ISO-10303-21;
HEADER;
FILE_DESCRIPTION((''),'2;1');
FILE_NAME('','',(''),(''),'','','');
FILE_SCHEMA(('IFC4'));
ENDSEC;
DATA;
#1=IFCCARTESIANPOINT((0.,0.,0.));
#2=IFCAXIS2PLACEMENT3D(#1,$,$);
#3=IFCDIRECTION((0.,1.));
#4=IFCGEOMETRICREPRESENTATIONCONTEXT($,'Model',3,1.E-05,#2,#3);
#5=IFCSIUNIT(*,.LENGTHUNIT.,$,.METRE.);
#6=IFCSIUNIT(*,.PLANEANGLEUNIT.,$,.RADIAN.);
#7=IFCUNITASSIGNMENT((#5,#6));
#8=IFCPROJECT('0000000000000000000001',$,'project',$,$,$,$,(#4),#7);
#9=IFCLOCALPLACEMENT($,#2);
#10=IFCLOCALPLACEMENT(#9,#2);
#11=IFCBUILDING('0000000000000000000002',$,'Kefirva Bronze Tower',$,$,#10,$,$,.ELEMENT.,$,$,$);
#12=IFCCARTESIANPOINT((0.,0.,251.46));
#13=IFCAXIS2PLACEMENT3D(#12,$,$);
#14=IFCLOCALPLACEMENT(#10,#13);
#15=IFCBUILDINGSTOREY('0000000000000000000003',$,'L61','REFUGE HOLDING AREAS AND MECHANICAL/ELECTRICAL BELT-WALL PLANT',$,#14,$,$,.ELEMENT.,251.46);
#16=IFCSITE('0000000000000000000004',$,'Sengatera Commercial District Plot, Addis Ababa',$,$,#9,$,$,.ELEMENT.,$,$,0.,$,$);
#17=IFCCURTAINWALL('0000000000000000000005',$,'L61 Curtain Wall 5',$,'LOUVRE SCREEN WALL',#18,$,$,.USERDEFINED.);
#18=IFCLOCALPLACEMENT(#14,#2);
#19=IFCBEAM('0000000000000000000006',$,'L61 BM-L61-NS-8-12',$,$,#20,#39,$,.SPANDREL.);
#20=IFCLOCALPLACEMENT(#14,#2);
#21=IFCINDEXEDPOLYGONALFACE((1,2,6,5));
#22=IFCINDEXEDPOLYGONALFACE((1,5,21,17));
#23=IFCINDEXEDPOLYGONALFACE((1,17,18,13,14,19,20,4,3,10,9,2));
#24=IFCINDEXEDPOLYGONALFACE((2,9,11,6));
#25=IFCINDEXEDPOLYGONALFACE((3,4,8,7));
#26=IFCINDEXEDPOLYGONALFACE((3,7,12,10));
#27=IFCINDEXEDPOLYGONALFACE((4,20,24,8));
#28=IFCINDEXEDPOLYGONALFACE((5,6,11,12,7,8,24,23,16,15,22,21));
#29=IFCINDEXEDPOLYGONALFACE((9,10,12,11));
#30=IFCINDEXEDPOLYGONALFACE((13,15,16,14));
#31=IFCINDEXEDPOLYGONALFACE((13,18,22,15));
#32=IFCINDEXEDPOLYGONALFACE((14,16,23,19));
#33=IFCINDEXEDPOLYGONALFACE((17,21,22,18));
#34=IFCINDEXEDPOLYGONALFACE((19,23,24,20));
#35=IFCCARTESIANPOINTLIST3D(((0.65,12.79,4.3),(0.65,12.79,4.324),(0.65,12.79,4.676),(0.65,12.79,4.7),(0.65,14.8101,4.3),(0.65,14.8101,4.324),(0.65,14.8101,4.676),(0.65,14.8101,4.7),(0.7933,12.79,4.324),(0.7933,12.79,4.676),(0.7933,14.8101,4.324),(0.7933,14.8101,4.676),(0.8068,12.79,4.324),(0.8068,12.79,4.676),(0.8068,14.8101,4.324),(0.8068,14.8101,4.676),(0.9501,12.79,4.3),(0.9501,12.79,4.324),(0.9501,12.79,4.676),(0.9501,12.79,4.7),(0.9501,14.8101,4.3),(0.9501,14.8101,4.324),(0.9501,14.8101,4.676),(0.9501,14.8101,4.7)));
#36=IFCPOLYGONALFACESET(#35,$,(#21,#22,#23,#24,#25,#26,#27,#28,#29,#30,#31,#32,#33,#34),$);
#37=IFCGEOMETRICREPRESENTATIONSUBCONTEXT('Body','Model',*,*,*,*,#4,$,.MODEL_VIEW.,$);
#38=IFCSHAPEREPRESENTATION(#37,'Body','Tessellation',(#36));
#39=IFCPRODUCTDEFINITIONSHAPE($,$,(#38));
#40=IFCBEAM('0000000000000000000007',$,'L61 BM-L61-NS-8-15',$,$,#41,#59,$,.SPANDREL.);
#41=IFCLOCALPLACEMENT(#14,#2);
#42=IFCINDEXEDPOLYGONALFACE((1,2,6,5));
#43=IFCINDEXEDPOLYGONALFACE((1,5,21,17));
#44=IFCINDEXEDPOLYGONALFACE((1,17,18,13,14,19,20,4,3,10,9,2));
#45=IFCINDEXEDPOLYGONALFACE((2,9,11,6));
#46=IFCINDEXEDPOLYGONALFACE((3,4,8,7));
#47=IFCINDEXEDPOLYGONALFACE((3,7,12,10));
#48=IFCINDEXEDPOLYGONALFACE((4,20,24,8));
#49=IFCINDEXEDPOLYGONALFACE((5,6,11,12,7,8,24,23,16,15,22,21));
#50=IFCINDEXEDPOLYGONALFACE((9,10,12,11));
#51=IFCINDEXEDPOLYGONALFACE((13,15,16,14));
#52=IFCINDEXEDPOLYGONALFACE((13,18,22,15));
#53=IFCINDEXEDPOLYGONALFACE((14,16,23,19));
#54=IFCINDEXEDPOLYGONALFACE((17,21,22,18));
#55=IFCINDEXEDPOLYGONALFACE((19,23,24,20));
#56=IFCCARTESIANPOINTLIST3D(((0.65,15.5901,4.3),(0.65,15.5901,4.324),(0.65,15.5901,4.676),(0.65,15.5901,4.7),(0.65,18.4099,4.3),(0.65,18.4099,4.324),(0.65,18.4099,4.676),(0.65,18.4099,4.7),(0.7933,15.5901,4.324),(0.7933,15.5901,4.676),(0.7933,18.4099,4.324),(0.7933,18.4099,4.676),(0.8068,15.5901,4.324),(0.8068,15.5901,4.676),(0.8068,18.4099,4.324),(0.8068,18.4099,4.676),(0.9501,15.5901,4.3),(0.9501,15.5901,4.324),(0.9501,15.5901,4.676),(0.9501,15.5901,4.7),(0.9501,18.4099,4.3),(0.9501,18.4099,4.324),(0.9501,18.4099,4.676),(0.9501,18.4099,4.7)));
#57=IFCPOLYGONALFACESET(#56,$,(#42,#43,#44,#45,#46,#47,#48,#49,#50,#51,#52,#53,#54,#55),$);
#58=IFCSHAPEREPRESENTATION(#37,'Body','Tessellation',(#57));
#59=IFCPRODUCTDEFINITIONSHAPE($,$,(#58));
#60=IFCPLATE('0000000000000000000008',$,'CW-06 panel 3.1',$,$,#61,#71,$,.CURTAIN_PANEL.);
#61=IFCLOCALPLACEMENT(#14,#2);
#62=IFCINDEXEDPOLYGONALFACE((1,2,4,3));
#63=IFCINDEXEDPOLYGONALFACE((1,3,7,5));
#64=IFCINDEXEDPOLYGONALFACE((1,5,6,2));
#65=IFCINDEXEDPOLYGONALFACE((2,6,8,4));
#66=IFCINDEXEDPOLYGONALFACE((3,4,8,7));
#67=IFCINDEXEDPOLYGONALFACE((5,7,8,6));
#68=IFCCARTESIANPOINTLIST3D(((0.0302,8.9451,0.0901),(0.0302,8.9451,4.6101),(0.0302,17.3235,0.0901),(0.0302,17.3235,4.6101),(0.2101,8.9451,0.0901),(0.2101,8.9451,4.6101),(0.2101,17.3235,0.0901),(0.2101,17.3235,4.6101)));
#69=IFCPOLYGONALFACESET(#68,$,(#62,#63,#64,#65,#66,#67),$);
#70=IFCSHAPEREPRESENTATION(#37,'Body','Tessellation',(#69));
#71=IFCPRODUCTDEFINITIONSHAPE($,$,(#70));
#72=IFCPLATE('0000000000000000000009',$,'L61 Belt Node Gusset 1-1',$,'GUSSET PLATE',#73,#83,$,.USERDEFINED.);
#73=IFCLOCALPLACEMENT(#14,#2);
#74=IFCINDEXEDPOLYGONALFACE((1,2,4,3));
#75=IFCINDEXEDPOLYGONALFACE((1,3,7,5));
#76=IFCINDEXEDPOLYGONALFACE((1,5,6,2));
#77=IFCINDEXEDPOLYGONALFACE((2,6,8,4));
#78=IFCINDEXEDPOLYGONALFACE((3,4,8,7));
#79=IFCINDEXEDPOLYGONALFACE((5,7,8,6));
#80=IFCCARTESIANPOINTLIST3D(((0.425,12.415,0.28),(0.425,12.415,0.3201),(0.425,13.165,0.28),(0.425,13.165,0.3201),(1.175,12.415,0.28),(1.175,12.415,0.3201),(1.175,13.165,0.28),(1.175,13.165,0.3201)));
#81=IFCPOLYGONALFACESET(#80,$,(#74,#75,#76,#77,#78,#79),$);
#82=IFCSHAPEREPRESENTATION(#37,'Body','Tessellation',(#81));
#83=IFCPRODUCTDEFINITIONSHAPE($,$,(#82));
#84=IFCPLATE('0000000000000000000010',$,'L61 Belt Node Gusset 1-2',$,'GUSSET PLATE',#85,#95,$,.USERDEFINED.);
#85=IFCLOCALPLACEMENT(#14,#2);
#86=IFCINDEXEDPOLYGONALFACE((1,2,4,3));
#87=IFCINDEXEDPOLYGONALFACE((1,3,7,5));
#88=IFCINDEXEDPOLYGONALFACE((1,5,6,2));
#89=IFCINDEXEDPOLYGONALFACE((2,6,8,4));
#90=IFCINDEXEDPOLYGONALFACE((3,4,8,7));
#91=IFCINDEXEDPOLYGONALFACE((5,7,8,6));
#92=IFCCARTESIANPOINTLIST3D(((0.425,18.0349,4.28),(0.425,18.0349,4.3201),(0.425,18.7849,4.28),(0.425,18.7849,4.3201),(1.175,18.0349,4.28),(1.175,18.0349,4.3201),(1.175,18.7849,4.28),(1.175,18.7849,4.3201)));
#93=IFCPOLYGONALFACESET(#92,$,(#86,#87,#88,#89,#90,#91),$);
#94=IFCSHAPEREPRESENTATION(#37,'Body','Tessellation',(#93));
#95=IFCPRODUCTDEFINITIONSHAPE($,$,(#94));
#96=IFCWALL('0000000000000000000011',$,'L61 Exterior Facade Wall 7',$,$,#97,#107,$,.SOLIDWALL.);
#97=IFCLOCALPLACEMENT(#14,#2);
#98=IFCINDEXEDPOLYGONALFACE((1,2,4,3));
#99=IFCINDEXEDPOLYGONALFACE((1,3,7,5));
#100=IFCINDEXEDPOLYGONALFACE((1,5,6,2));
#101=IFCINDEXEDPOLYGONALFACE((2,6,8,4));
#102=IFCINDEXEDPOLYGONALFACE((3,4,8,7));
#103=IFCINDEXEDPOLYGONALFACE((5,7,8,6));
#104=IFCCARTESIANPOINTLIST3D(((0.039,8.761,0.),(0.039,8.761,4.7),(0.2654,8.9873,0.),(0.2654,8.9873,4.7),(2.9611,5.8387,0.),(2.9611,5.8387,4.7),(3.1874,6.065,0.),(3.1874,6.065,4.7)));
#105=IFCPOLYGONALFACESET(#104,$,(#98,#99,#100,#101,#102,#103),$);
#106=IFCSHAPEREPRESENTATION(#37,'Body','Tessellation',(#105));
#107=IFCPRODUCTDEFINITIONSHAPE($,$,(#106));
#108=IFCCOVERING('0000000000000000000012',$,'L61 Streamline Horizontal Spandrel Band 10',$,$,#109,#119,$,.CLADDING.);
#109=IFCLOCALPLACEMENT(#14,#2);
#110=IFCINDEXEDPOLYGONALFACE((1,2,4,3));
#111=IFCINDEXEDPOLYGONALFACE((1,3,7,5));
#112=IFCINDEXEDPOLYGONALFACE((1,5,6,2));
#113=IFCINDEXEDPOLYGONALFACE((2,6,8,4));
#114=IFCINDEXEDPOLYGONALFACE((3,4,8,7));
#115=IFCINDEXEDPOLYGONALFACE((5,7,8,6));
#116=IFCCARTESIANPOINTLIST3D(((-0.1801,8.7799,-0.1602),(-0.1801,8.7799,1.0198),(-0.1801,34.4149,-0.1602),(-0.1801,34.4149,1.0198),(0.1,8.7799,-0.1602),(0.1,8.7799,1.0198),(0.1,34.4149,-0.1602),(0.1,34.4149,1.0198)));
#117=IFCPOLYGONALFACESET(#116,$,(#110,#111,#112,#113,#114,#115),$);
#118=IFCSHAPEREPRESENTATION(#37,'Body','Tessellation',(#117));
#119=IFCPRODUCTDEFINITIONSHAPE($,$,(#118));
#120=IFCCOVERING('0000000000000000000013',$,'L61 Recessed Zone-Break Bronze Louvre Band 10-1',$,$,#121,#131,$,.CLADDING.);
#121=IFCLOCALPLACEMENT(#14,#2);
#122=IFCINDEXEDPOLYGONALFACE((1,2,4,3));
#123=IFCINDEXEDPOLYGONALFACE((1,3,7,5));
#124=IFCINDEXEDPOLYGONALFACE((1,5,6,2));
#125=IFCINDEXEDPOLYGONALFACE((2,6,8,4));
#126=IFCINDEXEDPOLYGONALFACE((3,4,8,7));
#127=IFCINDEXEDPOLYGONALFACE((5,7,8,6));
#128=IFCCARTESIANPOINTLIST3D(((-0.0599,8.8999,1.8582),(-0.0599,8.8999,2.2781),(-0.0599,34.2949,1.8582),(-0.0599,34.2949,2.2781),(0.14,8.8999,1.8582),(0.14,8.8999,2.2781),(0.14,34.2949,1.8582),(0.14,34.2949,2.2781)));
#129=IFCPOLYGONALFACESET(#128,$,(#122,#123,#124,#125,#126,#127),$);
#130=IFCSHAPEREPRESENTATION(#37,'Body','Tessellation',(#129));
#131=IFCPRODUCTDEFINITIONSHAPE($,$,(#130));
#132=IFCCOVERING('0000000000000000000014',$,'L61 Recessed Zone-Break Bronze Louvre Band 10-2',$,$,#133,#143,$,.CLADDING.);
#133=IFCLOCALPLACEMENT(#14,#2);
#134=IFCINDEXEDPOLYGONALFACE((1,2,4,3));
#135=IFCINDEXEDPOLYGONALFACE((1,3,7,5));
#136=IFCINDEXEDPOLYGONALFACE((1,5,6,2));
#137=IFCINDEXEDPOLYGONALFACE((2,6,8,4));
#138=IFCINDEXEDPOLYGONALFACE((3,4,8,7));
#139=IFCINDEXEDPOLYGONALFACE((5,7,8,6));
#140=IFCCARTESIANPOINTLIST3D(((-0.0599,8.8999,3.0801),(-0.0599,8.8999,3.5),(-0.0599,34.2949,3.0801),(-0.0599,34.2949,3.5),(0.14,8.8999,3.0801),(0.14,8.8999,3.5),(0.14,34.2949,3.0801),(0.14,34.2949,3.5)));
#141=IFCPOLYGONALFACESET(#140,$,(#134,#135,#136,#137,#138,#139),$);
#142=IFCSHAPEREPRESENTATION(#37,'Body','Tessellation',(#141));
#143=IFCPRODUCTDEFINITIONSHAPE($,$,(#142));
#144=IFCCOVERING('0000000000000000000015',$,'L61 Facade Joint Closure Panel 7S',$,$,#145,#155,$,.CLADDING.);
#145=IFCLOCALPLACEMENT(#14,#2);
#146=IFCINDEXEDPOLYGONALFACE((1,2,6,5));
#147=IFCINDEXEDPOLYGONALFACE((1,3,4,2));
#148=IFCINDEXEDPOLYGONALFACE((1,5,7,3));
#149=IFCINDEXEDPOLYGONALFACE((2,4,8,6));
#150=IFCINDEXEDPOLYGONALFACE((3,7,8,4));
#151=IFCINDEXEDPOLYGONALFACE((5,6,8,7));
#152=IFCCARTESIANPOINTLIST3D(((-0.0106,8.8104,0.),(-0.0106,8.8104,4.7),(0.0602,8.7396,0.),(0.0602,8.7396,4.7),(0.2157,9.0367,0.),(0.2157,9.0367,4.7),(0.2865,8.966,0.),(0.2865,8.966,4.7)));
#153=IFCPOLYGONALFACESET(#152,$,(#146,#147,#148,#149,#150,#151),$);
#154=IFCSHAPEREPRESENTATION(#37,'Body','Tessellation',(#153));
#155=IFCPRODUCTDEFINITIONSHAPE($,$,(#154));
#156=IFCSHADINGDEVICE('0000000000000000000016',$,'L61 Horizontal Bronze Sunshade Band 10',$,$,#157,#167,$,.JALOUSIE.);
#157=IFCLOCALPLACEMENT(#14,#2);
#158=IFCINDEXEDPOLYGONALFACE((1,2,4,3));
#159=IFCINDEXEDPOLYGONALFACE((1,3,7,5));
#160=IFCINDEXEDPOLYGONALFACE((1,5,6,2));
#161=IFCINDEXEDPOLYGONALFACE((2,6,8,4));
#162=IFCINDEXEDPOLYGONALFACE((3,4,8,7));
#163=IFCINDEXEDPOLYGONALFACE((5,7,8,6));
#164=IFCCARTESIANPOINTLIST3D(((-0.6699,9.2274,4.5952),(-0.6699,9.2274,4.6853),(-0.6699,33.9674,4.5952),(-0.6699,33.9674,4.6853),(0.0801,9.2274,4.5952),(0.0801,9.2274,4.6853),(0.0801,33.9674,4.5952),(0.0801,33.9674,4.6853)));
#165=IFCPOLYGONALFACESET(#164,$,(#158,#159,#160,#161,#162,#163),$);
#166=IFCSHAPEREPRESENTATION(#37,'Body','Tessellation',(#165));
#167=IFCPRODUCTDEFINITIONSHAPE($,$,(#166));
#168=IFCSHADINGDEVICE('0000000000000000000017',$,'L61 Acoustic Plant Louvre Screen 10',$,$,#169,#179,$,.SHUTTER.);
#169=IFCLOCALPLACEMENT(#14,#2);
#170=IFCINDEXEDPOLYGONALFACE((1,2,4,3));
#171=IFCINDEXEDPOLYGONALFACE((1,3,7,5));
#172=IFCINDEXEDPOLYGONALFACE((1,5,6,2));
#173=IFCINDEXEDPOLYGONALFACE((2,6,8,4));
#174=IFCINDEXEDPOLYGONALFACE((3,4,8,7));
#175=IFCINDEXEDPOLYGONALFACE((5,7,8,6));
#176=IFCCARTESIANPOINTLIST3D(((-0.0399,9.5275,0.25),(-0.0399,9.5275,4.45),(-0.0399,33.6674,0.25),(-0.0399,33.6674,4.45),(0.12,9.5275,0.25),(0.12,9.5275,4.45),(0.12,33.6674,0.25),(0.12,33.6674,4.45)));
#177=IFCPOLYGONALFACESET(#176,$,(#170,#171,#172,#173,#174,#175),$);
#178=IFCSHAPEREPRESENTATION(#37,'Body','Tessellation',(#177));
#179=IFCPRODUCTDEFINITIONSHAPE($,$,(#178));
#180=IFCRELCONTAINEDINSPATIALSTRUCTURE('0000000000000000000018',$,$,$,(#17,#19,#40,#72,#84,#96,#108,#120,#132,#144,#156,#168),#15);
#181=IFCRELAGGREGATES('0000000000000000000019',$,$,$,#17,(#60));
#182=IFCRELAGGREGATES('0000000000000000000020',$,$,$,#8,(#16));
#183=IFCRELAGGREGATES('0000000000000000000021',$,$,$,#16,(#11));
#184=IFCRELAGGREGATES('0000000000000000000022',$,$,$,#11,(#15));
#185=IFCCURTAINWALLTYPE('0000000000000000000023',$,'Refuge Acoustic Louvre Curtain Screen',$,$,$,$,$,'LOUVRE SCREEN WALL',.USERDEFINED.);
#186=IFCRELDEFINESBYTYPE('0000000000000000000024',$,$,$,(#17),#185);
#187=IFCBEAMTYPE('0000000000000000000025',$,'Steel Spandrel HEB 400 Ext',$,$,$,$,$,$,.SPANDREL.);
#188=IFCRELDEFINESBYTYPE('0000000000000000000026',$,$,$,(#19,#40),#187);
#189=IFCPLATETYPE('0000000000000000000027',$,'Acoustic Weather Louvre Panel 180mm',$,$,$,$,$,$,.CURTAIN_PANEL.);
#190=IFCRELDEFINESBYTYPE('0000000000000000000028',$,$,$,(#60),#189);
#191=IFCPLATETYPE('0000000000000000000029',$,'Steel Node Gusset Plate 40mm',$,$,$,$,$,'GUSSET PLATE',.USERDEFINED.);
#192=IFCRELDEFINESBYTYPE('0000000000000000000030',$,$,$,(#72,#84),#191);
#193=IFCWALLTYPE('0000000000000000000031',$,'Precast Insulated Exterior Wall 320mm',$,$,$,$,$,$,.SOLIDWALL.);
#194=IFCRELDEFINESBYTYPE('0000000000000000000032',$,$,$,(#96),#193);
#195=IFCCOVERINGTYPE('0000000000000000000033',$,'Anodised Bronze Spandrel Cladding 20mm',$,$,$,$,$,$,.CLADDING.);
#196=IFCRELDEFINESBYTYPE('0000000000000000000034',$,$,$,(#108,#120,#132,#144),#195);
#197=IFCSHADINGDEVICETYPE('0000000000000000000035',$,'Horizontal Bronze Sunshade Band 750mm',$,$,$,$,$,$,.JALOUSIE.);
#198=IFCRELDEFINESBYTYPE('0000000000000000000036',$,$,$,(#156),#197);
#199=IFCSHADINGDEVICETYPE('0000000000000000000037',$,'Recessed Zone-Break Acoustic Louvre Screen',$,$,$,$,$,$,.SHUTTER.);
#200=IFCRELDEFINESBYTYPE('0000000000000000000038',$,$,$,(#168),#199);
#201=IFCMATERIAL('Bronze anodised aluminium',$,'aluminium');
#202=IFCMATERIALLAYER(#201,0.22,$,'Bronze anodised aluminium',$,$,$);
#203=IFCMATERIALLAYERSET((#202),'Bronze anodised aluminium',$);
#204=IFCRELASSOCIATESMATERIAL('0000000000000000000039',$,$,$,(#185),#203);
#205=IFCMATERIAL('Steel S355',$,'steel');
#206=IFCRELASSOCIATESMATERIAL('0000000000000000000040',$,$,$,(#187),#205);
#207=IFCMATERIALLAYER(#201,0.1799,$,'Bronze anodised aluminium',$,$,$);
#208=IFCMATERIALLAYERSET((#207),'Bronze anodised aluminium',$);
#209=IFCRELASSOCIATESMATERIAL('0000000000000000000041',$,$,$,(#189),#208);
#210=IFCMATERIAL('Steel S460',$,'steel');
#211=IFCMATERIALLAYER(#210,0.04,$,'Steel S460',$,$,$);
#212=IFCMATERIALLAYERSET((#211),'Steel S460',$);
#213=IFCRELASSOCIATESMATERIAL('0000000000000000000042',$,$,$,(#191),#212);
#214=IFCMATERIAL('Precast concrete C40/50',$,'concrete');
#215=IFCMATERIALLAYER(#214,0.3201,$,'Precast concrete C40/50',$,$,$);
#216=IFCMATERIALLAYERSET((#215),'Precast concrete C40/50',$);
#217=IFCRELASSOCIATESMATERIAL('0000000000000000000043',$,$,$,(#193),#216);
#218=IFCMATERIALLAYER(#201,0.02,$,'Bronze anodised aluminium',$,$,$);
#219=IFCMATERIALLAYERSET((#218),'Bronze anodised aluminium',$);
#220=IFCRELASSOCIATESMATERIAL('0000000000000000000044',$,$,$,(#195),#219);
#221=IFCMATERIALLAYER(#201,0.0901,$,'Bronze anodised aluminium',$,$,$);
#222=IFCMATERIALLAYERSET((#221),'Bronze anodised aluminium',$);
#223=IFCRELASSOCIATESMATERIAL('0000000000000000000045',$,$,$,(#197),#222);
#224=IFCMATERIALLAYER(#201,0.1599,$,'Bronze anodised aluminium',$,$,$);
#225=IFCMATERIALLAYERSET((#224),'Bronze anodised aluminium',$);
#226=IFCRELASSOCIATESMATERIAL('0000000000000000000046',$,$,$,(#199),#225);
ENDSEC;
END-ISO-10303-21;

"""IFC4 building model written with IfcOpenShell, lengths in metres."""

from ifc_helpers import new_model, si_unit, direction, frame, frame_2d, origin, origin_2d, place, context, subcontext, project, spatial, rectangle, i_section, extrude, material, layer, layer_set, material_profile, profile_set, type_object, element, aggregate, save


model = new_model("IFC4")

# Units and contexts
model_context = context("Model", 3, precision=1e-05, world=origin(), true_north=direction((0.0, 1.0)))
body_context = subcontext(model_context, "Body", "Model", "MODEL_VIEW")
ifc_project = project(units=[si_unit("LENGTHUNIT", "METRE"), si_unit("PLANEANGLEUNIT", "RADIAN")], contexts=[model_context])

# Site, building, storey
site_placement = place(None, origin())
site = spatial("IfcSite", under=ifc_project, at=site_placement, Name="Sengatera Commercial District Plot, Addis Ababa", CompositionType="ELEMENT", RefElevation=0.0)
building_placement = place(site_placement, origin())
building = spatial("IfcBuilding", under=site, at=building_placement, Name="Kefirva Bronze Tower", CompositionType="ELEMENT")
storey_placement = place(building_placement, frame((0.0, 0.0, 251.46)))
storey = spatial("IfcBuildingStorey", under=building, at=storey_placement, Name="L61", Description="REFUGE HOLDING AREAS AND MECHANICAL/ELECTRICAL BELT-WALL PLANT", CompositionType="ELEMENT", Elevation=251.46)

# Curtain wall
ifc_material_1 = material(Name="Bronze anodised aluminium", Category="aluminium")
ifc_layer_1 = layer(ifc_material_1, 0.22, Name="Bronze anodised aluminium")
ifc_layer_set_1 = layer_set([ifc_layer_1], Name="Bronze anodised aluminium")
curtain_wall_type = type_object("IfcCurtainWallType", Name="Refuge Acoustic Louvre Curtain Screen", ElementType="LOUVRE SCREEN WALL", PredefinedType="USERDEFINED", material=ifc_layer_set_1)
curtain_wall_placement = place(storey_placement, origin())
curtain_wall = element("IfcCurtainWall", 1, at=curtain_wall_placement, inside=storey, type_object=curtain_wall_type, Name="L61 Curtain Wall 5", ObjectType="LOUVRE SCREEN WALL", PredefinedType="USERDEFINED")

# Shared definitions
ifc_material_2 = material(Name="Steel S460", Category="steel")

# Beams
ifc_material_3 = material(Name="Steel S355", Category="steel")
ifc_material_profile_1 = material_profile(ifc_material_3, i_section(OverallWidth=0.3, OverallDepth=0.3999, WebThickness=0.0134, FlangeThickness=0.0239, at=origin_2d()), Name="HEB 400")
ifc_profile_set_1 = profile_set([ifc_material_profile_1], Name="Steel S355")
beam_type = type_object("IfcBeamType", Name="Steel Spandrel HEB 400 Ext", PredefinedType="SPANDREL", material=ifc_profile_set_1)
beam_1_placement = place(storey_placement, frame((0.8, 12.79, 4.5), z_axis=(0.0, 1.0, 0.0), x_axis=(-1.0, 0.0, 0.0)))
element("IfcBeam", 2, at=beam_1_placement, inside=storey, type_object=beam_type, Name="L61 BM-L61-NS-8-12", PredefinedType="SPANDREL", context=body_context, shape_type="SweptSolid", body=[
    extrude(i_section(OverallWidth=0.3, OverallDepth=0.3999, WebThickness=0.0134, FlangeThickness=0.0239, at=origin_2d()), origin(), (0.0, 0.0, 1.0), 2.02),
])
beam_2_placement = place(storey_placement, frame((0.8, 15.5901, 4.5), z_axis=(0.0, 1.0, 0.0), x_axis=(-1.0, 0.0, 0.0)))
element("IfcBeam", 3, at=beam_2_placement, inside=storey, type_object=beam_type, Name="L61 BM-L61-NS-8-15", PredefinedType="SPANDREL", context=body_context, shape_type="SweptSolid", body=[
    extrude(i_section(OverallWidth=0.3, OverallDepth=0.3999, WebThickness=0.0134, FlangeThickness=0.0239, at=origin_2d()), origin(), (0.0, 0.0, 1.0), 2.8198),
])

# Plate
ifc_layer_2 = layer(ifc_material_1, 0.1799, Name="Bronze anodised aluminium")
ifc_layer_set_2 = layer_set([ifc_layer_2], Name="Bronze anodised aluminium")
plate_type_1 = type_object("IfcPlateType", Name="Acoustic Weather Louvre Panel 180mm", PredefinedType="CURTAIN_PANEL", material=ifc_layer_set_2)
plate_placement = place(storey_placement, frame((0.1201, 13.1343, 0.0901), z_axis=(0.0, 0.0, 1.0), x_axis=(0.0, -1.0, 0.0)))
plate = element("IfcPlate", 4, at=plate_placement, type_object=plate_type_1, Name="CW-06 panel 3.1", PredefinedType="CURTAIN_PANEL", context=body_context, shape_type="SweptSolid", body=[
    extrude(rectangle(XDim=8.3784, YDim=0.1799, at=origin_2d()), origin(), (0.0, 0.0, 1.0), 4.52),
])
aggregate(curtain_wall, [plate])

# Plates
ifc_layer_3 = layer(ifc_material_2, 0.04, Name="Steel S460")
ifc_layer_set_3 = layer_set([ifc_layer_3], Name="Steel S460")
plate_type_2 = type_object("IfcPlateType", Name="Steel Node Gusset Plate 40mm", ElementType="GUSSET PLATE", PredefinedType="USERDEFINED", material=ifc_layer_set_3)
for number, where, z_axis, x_axis, name in (
    (5, (0.8, 12.79, 0.28), (0.0, 0.0, 1.0), (1.0, 0.0, 0.0), "L61 Belt Node Gusset 1-1"),
    (6, (0.8, 18.4099, 4.28), (0.0, 0.0, 1.0), (1.0, 0.0, 0.0), "L61 Belt Node Gusset 1-2"),
):
    element("IfcPlate", number, at=place(storey_placement, frame(where, z_axis=z_axis, x_axis=x_axis)), inside=storey, type_object=plate_type_2, Name=name, ObjectType="GUSSET PLATE", PredefinedType="USERDEFINED", context=body_context, shape_type="SweptSolid", body=[
        extrude(rectangle(XDim=0.75, YDim=0.75, at=origin_2d()), origin(), (0.0, 0.0, 1.0), 0.04),
    ])

# Wall
ifc_material_4 = material(Name="Precast concrete C40/50", Category="concrete")
ifc_layer_4 = layer(ifc_material_4, 0.3201, Name="Precast concrete C40/50")
ifc_layer_set_4 = layer_set([ifc_layer_4], Name="Precast concrete C40/50")
wall_type = type_object("IfcWallType", Name="Precast Insulated Exterior Wall 320mm", PredefinedType="SOLIDWALL", material=ifc_layer_set_4)
wall_placement = place(storey_placement, frame((0.1521, 8.8743, 0.0), z_axis=(0.0, 0.0, 1.0), x_axis=(0.707077, -0.707136, 0.0)))
element("IfcWall", 7, at=wall_placement, inside=storey, type_object=wall_type, Name="L61 Exterior Facade Wall 7", PredefinedType="SOLIDWALL", context=body_context, shape_type="SweptSolid", body=[
    extrude(rectangle(XDim=4.1326, YDim=0.3201, at=frame_2d((2.0664, 0.0))), origin(), (0.0, 0.0, 1.0), 4.7),
])

# Coverings
ifc_layer_5 = layer(ifc_material_1, 0.02, Name="Bronze anodised aluminium")
ifc_layer_set_5 = layer_set([ifc_layer_5], Name="Bronze anodised aluminium")
covering_type_1 = type_object("IfcCoveringType", Name="Anodised Bronze Spandrel Cladding 20mm", PredefinedType="CLADDING", material=ifc_layer_set_5)
covering_1_placement = place(storey_placement, frame((-0.04, 21.5974, -0.1602), z_axis=(0.0, 0.0, 1.0), x_axis=(0.0, -1.0, 0.0)))
element("IfcCovering", 8, at=covering_1_placement, inside=storey, type_object=covering_type_1, Name="L61 Streamline Horizontal Spandrel Band 10", PredefinedType="CLADDING", context=body_context, shape_type="SweptSolid", body=[
    extrude(rectangle(XDim=25.635, YDim=0.28, at=origin_2d()), origin(), (0.0, 0.0, 1.0), 1.1799),
])
for number, where, z_axis, x_axis, name in (
    (9, (0.04, 21.5974, 1.8582), (0.0, 0.0, 1.0), (0.0, -1.0, 0.0), "L61 Recessed Zone-Break Bronze Louvre Band 10-1"),
    (10, (0.04, 21.5974, 3.0801), (0.0, 0.0, 1.0), (0.0, -1.0, 0.0), "L61 Recessed Zone-Break Bronze Louvre Band 10-2"),
):
    element("IfcCovering", number, at=place(storey_placement, frame(where, z_axis=z_axis, x_axis=x_axis)), inside=storey, type_object=covering_type_1, Name=name, PredefinedType="CLADDING", context=body_context, shape_type="SweptSolid", body=[
        extrude(rectangle(XDim=25.395, YDim=0.2, at=origin_2d()), origin(), (0.0, 0.0, 1.0), 0.4199),
    ])
covering_2_placement = place(storey_placement, frame((0.1379, 8.8882, 0.0), z_axis=(0.0, 0.0, 1.0), x_axis=(0.707107, -0.707107, 0.0)))
element("IfcCovering", 11, at=covering_2_placement, inside=storey, type_object=covering_type_1, Name="L61 Facade Joint Closure Panel 7S", PredefinedType="CLADDING", context=body_context, shape_type="SweptSolid", body=[
    extrude(rectangle(XDim=0.1001, YDim=0.3201, at=origin_2d()), origin(), (0.0, 0.0, 1.0), 4.7),
])

# Shading devices
ifc_layer_6 = layer(ifc_material_1, 0.0901, Name="Bronze anodised aluminium")
ifc_layer_set_6 = layer_set([ifc_layer_6], Name="Bronze anodised aluminium")
shading_device_type_1 = type_object("IfcShadingDeviceType", Name="Horizontal Bronze Sunshade Band 750mm", PredefinedType="JALOUSIE", material=ifc_layer_set_6)
shading_device_1_placement = place(storey_placement, frame((-0.2949, 21.5974, 4.5952), z_axis=(0.0, 0.0, 1.0), x_axis=(0.0, -1.0, 0.0)))
element("IfcShadingDevice", 12, at=shading_device_1_placement, inside=storey, type_object=shading_device_type_1, Name="L61 Horizontal Bronze Sunshade Band 10", PredefinedType="JALOUSIE", context=body_context, shape_type="SweptSolid", body=[
    extrude(rectangle(XDim=24.74, YDim=0.75, at=origin_2d()), origin(), (0.0, 0.0, 1.0), 0.0901),
])
ifc_layer_7 = layer(ifc_material_1, 0.1599, Name="Bronze anodised aluminium")
ifc_layer_set_7 = layer_set([ifc_layer_7], Name="Bronze anodised aluminium")
shading_device_type_2 = type_object("IfcShadingDeviceType", Name="Recessed Zone-Break Acoustic Louvre Screen", PredefinedType="SHUTTER", material=ifc_layer_set_7)
shading_device_2_placement = place(storey_placement, frame((0.04, 21.5974, 0.25), z_axis=(0.0, 0.0, 1.0), x_axis=(0.0, -1.0, 0.0)))
element("IfcShadingDevice", 13, at=shading_device_2_placement, inside=storey, type_object=shading_device_type_2, Name="L61 Acoustic Plant Louvre Screen 10", PredefinedType="SHUTTER", context=body_context, shape_type="SweptSolid", body=[
    extrude(rectangle(XDim=24.1399, YDim=0.1599, at=origin_2d()), origin(), (0.0, 0.0, 1.0), 4.2),
])

save(model, "model.ifc")
